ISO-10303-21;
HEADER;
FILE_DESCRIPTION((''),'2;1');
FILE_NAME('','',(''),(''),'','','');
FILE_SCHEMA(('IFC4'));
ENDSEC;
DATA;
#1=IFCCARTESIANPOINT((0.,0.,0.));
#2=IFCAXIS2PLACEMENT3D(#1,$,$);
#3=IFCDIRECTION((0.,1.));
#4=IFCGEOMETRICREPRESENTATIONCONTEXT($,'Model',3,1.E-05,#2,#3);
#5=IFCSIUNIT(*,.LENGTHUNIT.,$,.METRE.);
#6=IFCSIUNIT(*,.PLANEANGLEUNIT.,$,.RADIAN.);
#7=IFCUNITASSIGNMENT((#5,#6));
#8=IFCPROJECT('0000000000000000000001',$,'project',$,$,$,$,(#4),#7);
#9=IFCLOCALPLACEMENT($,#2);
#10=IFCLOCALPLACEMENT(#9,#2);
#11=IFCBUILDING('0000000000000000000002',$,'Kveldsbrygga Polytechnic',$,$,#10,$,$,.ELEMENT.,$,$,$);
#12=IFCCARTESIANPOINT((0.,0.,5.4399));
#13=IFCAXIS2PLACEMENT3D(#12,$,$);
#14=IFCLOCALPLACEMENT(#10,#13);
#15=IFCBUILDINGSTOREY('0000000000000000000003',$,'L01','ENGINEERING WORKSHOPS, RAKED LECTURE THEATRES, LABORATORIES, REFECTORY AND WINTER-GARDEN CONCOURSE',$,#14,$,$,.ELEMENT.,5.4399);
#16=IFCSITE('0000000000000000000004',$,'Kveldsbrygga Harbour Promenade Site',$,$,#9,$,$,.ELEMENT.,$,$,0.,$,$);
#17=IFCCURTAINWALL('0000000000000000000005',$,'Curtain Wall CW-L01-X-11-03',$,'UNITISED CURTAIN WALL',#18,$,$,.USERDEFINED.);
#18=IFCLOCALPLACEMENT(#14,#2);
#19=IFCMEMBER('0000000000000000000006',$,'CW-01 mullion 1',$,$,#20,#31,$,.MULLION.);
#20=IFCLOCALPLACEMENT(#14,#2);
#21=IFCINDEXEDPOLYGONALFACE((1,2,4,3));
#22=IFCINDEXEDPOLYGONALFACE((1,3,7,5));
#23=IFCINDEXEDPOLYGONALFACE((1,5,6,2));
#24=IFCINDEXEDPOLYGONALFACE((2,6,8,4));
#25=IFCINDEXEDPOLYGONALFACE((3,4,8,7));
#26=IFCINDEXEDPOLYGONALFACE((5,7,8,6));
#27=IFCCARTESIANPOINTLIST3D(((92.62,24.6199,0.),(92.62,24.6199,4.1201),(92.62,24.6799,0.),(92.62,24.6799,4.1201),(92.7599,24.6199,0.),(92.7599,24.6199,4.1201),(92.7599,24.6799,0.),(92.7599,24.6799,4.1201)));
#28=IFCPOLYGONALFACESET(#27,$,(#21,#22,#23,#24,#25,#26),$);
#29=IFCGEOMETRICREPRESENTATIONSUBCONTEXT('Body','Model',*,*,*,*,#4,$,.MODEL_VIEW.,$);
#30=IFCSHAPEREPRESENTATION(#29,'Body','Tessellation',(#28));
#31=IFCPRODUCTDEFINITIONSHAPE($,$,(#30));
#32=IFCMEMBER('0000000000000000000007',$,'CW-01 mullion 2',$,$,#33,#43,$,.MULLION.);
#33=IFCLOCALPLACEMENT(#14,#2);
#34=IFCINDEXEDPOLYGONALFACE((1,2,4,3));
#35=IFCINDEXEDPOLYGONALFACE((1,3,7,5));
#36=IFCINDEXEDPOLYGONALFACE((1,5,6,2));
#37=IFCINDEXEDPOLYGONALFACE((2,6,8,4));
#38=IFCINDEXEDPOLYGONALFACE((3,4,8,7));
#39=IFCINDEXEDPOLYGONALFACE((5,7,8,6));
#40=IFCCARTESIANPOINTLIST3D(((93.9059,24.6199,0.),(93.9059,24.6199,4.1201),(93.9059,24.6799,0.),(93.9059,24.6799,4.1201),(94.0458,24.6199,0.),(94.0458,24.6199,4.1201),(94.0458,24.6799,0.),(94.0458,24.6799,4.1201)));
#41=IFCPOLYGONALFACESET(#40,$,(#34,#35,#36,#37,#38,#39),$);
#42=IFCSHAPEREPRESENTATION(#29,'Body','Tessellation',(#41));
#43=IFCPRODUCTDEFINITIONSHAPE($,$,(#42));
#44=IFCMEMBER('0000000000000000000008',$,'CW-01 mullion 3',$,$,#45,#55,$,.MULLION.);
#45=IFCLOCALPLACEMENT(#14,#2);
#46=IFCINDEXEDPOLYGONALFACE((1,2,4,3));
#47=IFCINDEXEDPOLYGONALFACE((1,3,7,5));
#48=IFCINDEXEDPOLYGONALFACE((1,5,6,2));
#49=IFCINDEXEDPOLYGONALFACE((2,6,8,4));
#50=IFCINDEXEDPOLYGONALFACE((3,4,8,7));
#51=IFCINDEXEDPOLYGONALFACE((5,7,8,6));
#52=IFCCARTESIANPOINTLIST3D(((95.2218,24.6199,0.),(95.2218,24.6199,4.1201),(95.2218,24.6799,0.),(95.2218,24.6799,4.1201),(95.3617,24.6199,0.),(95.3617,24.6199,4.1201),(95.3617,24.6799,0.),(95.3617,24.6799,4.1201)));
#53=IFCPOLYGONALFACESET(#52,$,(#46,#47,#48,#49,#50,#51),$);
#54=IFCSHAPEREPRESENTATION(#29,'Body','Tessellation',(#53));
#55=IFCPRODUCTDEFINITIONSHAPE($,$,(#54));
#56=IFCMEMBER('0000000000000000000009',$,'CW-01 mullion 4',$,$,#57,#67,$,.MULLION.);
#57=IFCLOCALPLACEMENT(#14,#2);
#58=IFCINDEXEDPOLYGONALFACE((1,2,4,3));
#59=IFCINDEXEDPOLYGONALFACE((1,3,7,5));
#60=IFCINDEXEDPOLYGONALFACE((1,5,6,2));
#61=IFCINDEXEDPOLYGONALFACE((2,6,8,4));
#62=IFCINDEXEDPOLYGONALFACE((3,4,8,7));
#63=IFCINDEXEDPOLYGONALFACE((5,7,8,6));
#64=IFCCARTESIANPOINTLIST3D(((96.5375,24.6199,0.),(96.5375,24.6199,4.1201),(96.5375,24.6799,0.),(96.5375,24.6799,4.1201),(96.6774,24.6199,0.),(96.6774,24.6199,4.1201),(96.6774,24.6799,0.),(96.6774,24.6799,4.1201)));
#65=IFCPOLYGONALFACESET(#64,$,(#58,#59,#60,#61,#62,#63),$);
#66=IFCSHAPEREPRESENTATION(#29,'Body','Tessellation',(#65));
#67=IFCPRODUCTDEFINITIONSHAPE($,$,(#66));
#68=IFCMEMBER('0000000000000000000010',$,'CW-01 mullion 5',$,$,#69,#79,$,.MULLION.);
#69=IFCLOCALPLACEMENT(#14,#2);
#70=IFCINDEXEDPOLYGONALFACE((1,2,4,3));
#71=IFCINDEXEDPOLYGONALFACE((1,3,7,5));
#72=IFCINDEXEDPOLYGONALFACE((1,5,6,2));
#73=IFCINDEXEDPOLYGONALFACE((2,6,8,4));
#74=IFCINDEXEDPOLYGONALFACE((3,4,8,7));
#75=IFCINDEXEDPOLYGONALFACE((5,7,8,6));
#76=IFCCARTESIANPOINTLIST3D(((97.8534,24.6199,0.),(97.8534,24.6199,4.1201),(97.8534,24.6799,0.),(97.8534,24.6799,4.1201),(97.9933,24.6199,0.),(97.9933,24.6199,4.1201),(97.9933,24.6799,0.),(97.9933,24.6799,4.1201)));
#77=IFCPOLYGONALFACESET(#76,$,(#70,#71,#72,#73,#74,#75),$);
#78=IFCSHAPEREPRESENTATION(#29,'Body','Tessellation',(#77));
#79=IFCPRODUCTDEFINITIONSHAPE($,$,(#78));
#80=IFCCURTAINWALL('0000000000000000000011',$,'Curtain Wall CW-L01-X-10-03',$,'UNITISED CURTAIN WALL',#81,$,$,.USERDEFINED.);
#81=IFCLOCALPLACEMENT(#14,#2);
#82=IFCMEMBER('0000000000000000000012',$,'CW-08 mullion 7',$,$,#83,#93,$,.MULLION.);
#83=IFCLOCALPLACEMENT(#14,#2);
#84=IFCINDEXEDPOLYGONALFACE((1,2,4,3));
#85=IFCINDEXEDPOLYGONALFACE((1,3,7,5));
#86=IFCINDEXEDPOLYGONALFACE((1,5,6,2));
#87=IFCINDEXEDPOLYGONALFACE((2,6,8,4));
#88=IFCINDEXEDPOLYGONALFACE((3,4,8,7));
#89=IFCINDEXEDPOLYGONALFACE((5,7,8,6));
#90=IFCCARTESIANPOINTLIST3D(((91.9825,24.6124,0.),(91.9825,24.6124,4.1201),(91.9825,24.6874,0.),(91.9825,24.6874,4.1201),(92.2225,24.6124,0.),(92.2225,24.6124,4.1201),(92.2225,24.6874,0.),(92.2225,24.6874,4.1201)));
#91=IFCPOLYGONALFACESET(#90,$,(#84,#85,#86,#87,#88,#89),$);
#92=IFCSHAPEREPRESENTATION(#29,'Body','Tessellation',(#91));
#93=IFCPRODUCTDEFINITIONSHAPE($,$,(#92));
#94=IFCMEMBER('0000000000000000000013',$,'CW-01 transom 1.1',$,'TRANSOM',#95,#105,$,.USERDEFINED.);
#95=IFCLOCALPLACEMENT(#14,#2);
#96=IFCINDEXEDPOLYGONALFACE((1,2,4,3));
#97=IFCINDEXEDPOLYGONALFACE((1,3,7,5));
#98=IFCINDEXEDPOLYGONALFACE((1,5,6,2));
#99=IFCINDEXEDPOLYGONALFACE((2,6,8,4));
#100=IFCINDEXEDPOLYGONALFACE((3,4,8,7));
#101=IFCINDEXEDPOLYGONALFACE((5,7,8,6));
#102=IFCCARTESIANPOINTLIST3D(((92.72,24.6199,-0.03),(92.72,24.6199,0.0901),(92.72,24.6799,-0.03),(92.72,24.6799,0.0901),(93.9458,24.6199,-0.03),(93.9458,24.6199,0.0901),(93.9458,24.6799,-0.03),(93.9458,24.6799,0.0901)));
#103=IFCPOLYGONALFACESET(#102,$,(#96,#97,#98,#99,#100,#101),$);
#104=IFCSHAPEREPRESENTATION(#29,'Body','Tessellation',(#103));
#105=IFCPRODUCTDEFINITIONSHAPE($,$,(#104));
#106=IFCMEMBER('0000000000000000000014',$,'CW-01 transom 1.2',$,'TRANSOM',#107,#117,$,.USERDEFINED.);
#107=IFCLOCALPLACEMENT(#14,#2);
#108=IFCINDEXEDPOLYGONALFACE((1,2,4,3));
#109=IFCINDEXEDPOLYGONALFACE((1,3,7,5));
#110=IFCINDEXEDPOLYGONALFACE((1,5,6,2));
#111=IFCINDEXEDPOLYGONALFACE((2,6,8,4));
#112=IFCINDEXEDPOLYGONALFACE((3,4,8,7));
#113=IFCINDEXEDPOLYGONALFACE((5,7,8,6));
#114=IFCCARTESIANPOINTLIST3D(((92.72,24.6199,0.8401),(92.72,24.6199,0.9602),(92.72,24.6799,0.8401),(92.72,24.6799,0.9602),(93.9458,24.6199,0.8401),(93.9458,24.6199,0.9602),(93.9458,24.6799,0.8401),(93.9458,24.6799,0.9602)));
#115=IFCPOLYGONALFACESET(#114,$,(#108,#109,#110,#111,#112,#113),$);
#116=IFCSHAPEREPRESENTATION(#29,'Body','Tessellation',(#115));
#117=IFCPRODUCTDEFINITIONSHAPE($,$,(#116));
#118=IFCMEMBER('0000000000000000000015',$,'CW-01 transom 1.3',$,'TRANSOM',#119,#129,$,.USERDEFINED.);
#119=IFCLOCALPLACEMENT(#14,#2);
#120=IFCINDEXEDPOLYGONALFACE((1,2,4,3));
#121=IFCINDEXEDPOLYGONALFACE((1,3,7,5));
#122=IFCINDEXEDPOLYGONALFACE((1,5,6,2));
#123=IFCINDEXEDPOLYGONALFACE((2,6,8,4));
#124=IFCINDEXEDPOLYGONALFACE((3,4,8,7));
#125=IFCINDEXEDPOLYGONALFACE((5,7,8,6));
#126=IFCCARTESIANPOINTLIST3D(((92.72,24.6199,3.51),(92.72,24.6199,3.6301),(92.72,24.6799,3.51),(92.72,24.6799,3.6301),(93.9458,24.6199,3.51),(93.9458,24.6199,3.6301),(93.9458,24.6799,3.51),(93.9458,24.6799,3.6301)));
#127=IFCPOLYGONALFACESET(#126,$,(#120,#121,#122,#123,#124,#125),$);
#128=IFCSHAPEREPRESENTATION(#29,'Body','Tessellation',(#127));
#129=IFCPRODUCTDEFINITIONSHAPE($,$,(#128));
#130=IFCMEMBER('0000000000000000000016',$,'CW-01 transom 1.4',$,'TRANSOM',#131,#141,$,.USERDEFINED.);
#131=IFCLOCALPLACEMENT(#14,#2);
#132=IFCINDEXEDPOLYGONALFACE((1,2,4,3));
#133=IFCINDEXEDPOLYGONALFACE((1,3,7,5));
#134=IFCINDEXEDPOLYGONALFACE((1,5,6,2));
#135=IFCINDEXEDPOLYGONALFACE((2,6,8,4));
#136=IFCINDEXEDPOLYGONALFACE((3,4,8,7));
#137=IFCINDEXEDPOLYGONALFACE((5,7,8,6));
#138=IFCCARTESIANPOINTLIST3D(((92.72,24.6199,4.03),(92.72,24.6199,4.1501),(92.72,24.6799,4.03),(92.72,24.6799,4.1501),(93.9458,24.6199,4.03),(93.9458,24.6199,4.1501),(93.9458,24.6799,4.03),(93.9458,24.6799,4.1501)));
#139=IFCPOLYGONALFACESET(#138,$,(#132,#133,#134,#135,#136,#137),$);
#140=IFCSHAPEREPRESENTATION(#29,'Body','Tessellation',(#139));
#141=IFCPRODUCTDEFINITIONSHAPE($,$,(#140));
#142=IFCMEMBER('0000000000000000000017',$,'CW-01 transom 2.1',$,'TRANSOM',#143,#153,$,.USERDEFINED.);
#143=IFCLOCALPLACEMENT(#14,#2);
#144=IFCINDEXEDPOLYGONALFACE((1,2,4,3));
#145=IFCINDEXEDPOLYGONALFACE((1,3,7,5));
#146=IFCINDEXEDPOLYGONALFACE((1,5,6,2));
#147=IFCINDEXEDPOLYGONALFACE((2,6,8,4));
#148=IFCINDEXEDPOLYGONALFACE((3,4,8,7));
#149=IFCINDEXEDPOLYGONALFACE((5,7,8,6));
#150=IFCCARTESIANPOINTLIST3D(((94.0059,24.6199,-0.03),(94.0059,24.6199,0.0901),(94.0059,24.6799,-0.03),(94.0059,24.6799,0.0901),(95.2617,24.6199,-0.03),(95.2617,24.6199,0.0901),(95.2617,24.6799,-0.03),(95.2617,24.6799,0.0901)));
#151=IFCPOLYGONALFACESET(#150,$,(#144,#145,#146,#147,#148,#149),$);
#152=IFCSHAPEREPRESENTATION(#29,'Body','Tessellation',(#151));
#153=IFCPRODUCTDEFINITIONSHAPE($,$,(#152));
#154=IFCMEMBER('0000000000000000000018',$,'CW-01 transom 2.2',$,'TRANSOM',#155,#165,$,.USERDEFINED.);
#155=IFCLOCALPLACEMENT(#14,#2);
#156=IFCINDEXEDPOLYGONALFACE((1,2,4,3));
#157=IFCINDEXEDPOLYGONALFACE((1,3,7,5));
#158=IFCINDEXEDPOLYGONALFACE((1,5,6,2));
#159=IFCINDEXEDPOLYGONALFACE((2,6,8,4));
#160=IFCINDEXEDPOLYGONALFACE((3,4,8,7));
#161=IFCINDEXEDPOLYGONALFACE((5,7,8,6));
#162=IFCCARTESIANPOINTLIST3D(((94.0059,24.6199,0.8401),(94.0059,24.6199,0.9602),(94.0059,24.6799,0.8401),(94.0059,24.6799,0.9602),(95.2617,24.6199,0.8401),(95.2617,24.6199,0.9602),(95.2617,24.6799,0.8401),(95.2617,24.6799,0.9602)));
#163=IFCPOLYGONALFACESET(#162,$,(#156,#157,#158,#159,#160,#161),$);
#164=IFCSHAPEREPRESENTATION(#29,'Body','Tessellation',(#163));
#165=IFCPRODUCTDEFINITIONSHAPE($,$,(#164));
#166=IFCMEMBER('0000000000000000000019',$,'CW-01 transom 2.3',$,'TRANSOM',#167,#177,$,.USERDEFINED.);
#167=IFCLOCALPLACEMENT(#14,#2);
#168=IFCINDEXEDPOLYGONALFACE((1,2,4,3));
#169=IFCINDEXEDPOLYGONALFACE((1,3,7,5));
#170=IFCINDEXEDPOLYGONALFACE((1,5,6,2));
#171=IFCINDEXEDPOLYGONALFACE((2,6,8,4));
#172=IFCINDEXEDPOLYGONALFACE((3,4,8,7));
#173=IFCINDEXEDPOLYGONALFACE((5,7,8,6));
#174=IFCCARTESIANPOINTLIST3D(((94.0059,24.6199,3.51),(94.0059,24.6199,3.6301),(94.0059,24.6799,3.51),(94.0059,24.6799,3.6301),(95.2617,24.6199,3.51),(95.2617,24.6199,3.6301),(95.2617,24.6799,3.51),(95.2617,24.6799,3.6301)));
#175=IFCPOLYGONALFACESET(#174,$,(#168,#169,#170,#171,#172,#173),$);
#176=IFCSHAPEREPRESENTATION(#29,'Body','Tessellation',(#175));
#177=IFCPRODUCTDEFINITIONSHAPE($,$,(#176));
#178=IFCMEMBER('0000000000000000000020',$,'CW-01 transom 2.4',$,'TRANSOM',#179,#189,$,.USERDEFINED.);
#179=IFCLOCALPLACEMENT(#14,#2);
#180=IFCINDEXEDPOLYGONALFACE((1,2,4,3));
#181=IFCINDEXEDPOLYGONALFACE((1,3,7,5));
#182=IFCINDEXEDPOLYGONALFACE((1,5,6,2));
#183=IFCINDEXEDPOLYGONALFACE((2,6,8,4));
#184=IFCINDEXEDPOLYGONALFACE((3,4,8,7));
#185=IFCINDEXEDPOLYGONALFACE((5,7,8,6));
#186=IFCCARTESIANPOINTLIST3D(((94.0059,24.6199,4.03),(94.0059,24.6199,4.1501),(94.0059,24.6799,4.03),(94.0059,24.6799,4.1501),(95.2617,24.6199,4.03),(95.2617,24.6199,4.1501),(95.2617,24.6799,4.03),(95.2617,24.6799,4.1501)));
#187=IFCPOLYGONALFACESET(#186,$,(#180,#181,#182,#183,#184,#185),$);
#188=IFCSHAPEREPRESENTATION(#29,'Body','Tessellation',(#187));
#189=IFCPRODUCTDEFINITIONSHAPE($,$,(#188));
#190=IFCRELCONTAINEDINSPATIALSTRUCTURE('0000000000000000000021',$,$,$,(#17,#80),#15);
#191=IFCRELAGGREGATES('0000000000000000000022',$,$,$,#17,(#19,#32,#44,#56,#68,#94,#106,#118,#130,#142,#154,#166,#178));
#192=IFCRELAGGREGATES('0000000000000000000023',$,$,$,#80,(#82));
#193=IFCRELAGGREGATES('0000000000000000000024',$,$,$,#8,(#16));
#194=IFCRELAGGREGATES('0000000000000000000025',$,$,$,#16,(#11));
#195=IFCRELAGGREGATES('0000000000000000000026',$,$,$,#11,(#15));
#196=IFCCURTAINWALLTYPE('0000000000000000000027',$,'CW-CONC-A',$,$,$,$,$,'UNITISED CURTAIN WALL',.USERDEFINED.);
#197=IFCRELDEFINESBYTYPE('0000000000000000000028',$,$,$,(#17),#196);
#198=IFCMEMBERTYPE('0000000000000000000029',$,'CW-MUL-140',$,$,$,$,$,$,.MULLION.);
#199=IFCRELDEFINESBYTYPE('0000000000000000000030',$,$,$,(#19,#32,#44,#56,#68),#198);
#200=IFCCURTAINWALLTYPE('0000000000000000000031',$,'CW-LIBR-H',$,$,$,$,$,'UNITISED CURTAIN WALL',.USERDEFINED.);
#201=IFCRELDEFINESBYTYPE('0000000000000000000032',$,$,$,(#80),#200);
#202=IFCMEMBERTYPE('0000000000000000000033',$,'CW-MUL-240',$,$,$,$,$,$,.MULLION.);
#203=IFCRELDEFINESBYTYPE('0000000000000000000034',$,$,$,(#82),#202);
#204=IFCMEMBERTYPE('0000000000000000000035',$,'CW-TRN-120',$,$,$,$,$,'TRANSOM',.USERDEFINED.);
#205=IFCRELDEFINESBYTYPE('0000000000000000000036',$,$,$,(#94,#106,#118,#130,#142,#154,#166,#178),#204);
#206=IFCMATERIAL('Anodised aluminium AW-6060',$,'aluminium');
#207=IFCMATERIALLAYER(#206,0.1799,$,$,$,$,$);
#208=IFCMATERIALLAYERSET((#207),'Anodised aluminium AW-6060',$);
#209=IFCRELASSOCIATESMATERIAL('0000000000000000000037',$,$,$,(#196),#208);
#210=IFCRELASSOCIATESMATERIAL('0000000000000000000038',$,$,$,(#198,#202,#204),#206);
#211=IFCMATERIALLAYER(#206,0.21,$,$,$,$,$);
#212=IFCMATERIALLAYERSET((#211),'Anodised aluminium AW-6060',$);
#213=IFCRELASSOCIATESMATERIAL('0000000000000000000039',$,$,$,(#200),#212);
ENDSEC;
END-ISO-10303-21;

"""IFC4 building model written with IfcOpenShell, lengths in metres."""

from ifc_helpers import new_model, si_unit, direction, frame, origin, origin_2d, place, context, subcontext, project, spatial, rectangle, extrude, material, layer, layer_set, material_profile, profile_set, type_object, element, aggregate, save


model = new_model("IFC4")

# Units and contexts
model_context = context("Model", 3, precision=1e-05, world=origin(), true_north=direction((0.0, 1.0)))
body_context = subcontext(model_context, "Body", "Model", "MODEL_VIEW")
ifc_project = project(units=[si_unit("LENGTHUNIT", "METRE"), si_unit("PLANEANGLEUNIT", "RADIAN")], contexts=[model_context])

# Site, building, storey
site_placement = place(None, origin())
site = spatial("IfcSite", under=ifc_project, at=site_placement, Name="Kveldsbrygga Harbour Promenade Site", CompositionType="ELEMENT", RefElevation=0.0)
building_placement = place(site_placement, origin())
building = spatial("IfcBuilding", under=site, at=building_placement, Name="Kveldsbrygga Polytechnic", CompositionType="ELEMENT")
storey_placement = place(building_placement, frame((0.0, 0.0, 5.4399)))
storey = spatial("IfcBuildingStorey", under=building, at=storey_placement, Name="L01", Description="ENGINEERING WORKSHOPS, RAKED LECTURE THEATRES, LABORATORIES, REFECTORY AND WINTER-GARDEN CONCOURSE", CompositionType="ELEMENT", Elevation=5.4399)

# Curtain wall, members
ifc_material_1 = material(Name="Anodised aluminium AW-6060", Category="aluminium")
ifc_layer_1 = layer(ifc_material_1, 0.1799)
ifc_layer_set_1 = layer_set([ifc_layer_1], Name="Anodised aluminium AW-6060")
curtain_wall_type_1 = type_object("IfcCurtainWallType", Name="CW-CONC-A", ElementType="UNITISED CURTAIN WALL", PredefinedType="USERDEFINED", material=ifc_layer_set_1)
curtain_wall_1_placement = place(storey_placement, origin())
curtain_wall_1 = element("IfcCurtainWall", 1, at=curtain_wall_1_placement, inside=storey, type_object=curtain_wall_type_1, Name="Curtain Wall CW-L01-X-11-03", ObjectType="UNITISED CURTAIN WALL", PredefinedType="USERDEFINED")
ifc_material_profile_1 = material_profile(ifc_material_1, rectangle(XDim=0.0601, YDim=0.1399, at=origin_2d()), Name="ALU 60x140")
ifc_profile_set_1 = profile_set([ifc_material_profile_1], Name="Anodised aluminium AW-6060")
member_type_1 = type_object("IfcMemberType", Name="CW-MUL-140", PredefinedType="MULLION", material=ifc_profile_set_1)
member_1_placement = place(storey_placement, frame((92.6899, 24.6499, 0.0), z_axis=(0.0, 0.0, 1.0), x_axis=(0.0, 1.0, 0.0)))
member_1 = element("IfcMember", 2, at=member_1_placement, type_object=member_type_1, Name="CW-01 mullion 1", PredefinedType="MULLION", context=body_context, shape_type="SweptSolid", body=[
    extrude(rectangle(XDim=0.0601, YDim=0.1399, at=origin_2d()), origin(), (0.0, 0.0, 1.0), 4.1201),
])
member_2_placement = place(storey_placement, frame((93.9758, 24.6499, 0.0), z_axis=(0.0, 0.0, 1.0), x_axis=(0.0, 1.0, 0.0)))
member_2 = element("IfcMember", 3, at=member_2_placement, type_object=member_type_1, Name="CW-01 mullion 2", PredefinedType="MULLION", context=body_context, shape_type="SweptSolid", body=[
    extrude(rectangle(XDim=0.0601, YDim=0.1399, at=origin_2d()), origin(), (0.0, 0.0, 1.0), 4.1201),
])
member_3_placement = place(storey_placement, frame((95.2917, 24.6499, 0.0), z_axis=(0.0, 0.0, 1.0), x_axis=(0.0, 1.0, 0.0)))
member_3 = element("IfcMember", 4, at=member_3_placement, type_object=member_type_1, Name="CW-01 mullion 3", PredefinedType="MULLION", context=body_context, shape_type="SweptSolid", body=[
    extrude(rectangle(XDim=0.0601, YDim=0.1399, at=origin_2d()), origin(), (0.0, 0.0, 1.0), 4.1201),
])
member_4_placement = place(storey_placement, frame((96.6074, 24.6499, 0.0), z_axis=(0.0, 0.0, 1.0), x_axis=(0.0, 1.0, 0.0)))
member_4 = element("IfcMember", 5, at=member_4_placement, type_object=member_type_1, Name="CW-01 mullion 4", PredefinedType="MULLION", context=body_context, shape_type="SweptSolid", body=[
    extrude(rectangle(XDim=0.0601, YDim=0.1399, at=origin_2d()), origin(), (0.0, 0.0, 1.0), 4.1201),
])
member_5_placement = place(storey_placement, frame((97.9233, 24.6499, 0.0), z_axis=(0.0, 0.0, 1.0), x_axis=(0.0, 1.0, 0.0)))
member_5 = element("IfcMember", 6, at=member_5_placement, type_object=member_type_1, Name="CW-01 mullion 5", PredefinedType="MULLION", context=body_context, shape_type="SweptSolid", body=[
    extrude(rectangle(XDim=0.0601, YDim=0.1399, at=origin_2d()), origin(), (0.0, 0.0, 1.0), 4.1201),
])

# Curtain wall, member
ifc_layer_2 = layer(ifc_material_1, 0.21)
ifc_layer_set_2 = layer_set([ifc_layer_2], Name="Anodised aluminium AW-6060")
curtain_wall_type_2 = type_object("IfcCurtainWallType", Name="CW-LIBR-H", ElementType="UNITISED CURTAIN WALL", PredefinedType="USERDEFINED", material=ifc_layer_set_2)
curtain_wall_2_placement = place(storey_placement, origin())
curtain_wall_2 = element("IfcCurtainWall", 7, at=curtain_wall_2_placement, inside=storey, type_object=curtain_wall_type_2, Name="Curtain Wall CW-L01-X-10-03", ObjectType="UNITISED CURTAIN WALL", PredefinedType="USERDEFINED")
ifc_material_profile_2 = material_profile(ifc_material_1, rectangle(XDim=0.075, YDim=0.24, at=origin_2d()), Name="ALU 75x240")
ifc_profile_set_2 = profile_set([ifc_material_profile_2], Name="Anodised aluminium AW-6060")
member_type_2 = type_object("IfcMemberType", Name="CW-MUL-240", PredefinedType="MULLION", material=ifc_profile_set_2)
member_6_placement = place(storey_placement, frame((92.1025, 24.6499, 0.0), z_axis=(0.0, 0.0, 1.0), x_axis=(0.0, 1.0, 0.0)))
member_6 = element("IfcMember", 8, at=member_6_placement, type_object=member_type_2, Name="CW-08 mullion 7", PredefinedType="MULLION", context=body_context, shape_type="SweptSolid", body=[
    extrude(rectangle(XDim=0.075, YDim=0.24, at=origin_2d()), origin(), (0.0, 0.0, 1.0), 4.1201),
])

# Members
ifc_material_profile_3 = material_profile(ifc_material_1, rectangle(XDim=0.0601, YDim=0.1201, at=origin_2d()), Name="ALU 60x120")
ifc_profile_set_3 = profile_set([ifc_material_profile_3], Name="Anodised aluminium AW-6060")
member_type_3 = type_object("IfcMemberType", Name="CW-TRN-120", ElementType="TRANSOM", PredefinedType="USERDEFINED", material=ifc_profile_set_3)
member_7_placement = place(storey_placement, frame((92.72, 24.6499, 0.03), z_axis=(1.0, 0.0, 0.0), x_axis=(0.0, 1.0, 0.0)))
member_7 = element("IfcMember", 9, at=member_7_placement, type_object=member_type_3, Name="CW-01 transom 1.1", ObjectType="TRANSOM", PredefinedType="USERDEFINED", context=body_context, shape_type="SweptSolid", body=[
    extrude(rectangle(XDim=0.0601, YDim=0.1201, at=origin_2d()), origin(), (0.0, 0.0, 1.0), 1.2258),
])
member_8_placement = place(storey_placement, frame((92.72, 24.6499, 0.9001), z_axis=(1.0, 0.0, 0.0), x_axis=(0.0, 1.0, 0.0)))
member_8 = element("IfcMember", 10, at=member_8_placement, type_object=member_type_3, Name="CW-01 transom 1.2", ObjectType="TRANSOM", PredefinedType="USERDEFINED", context=body_context, shape_type="SweptSolid", body=[
    extrude(rectangle(XDim=0.0601, YDim=0.1201, at=origin_2d()), origin(), (0.0, 0.0, 1.0), 1.2258),
])
member_9_placement = place(storey_placement, frame((92.72, 24.6499, 3.5701), z_axis=(1.0, 0.0, 0.0), x_axis=(0.0, 1.0, 0.0)))
member_9 = element("IfcMember", 11, at=member_9_placement, type_object=member_type_3, Name="CW-01 transom 1.3", ObjectType="TRANSOM", PredefinedType="USERDEFINED", context=body_context, shape_type="SweptSolid", body=[
    extrude(rectangle(XDim=0.0601, YDim=0.1201, at=origin_2d()), origin(), (0.0, 0.0, 1.0), 1.2258),
])
member_10_placement = place(storey_placement, frame((92.72, 24.6499, 4.0901), z_axis=(1.0, 0.0, 0.0), x_axis=(0.0, 1.0, 0.0)))
member_10 = element("IfcMember", 12, at=member_10_placement, type_object=member_type_3, Name="CW-01 transom 1.4", ObjectType="TRANSOM", PredefinedType="USERDEFINED", context=body_context, shape_type="SweptSolid", body=[
    extrude(rectangle(XDim=0.0601, YDim=0.1201, at=origin_2d()), origin(), (0.0, 0.0, 1.0), 1.2258),
])
member_11_placement = place(storey_placement, frame((94.0059, 24.6499, 0.03), z_axis=(1.0, 0.0, 0.0), x_axis=(0.0, 1.0, 0.0)))
member_11 = element("IfcMember", 13, at=member_11_placement, type_object=member_type_3, Name="CW-01 transom 2.1", ObjectType="TRANSOM", PredefinedType="USERDEFINED", context=body_context, shape_type="SweptSolid", body=[
    extrude(rectangle(XDim=0.0601, YDim=0.1201, at=origin_2d()), origin(), (0.0, 0.0, 1.0), 1.2559),
])
member_12_placement = place(storey_placement, frame((94.0059, 24.6499, 0.9001), z_axis=(1.0, 0.0, 0.0), x_axis=(0.0, 1.0, 0.0)))
member_12 = element("IfcMember", 14, at=member_12_placement, type_object=member_type_3, Name="CW-01 transom 2.2", ObjectType="TRANSOM", PredefinedType="USERDEFINED", context=body_context, shape_type="SweptSolid", body=[
    extrude(rectangle(XDim=0.0601, YDim=0.1201, at=origin_2d()), origin(), (0.0, 0.0, 1.0), 1.2559),
])
member_13_placement = place(storey_placement, frame((94.0059, 24.6499, 3.5701), z_axis=(1.0, 0.0, 0.0), x_axis=(0.0, 1.0, 0.0)))
member_13 = element("IfcMember", 15, at=member_13_placement, type_object=member_type_3, Name="CW-01 transom 2.3", ObjectType="TRANSOM", PredefinedType="USERDEFINED", context=body_context, shape_type="SweptSolid", body=[
    extrude(rectangle(XDim=0.0601, YDim=0.1201, at=origin_2d()), origin(), (0.0, 0.0, 1.0), 1.2559),
])
member_14_placement = place(storey_placement, frame((94.0059, 24.6499, 4.0901), z_axis=(1.0, 0.0, 0.0), x_axis=(0.0, 1.0, 0.0)))
member_14 = element("IfcMember", 16, at=member_14_placement, type_object=member_type_3, Name="CW-01 transom 2.4", ObjectType="TRANSOM", PredefinedType="USERDEFINED", context=body_context, shape_type="SweptSolid", body=[
    extrude(rectangle(XDim=0.0601, YDim=0.1201, at=origin_2d()), origin(), (0.0, 0.0, 1.0), 1.2559),
])

aggregate(curtain_wall_1, [member_1, member_2, member_3, member_4, member_5, member_7, member_8, member_9, member_10, member_11, member_12, member_13, member_14])
aggregate(curtain_wall_2, [member_6])

save(model, "model.ifc")
